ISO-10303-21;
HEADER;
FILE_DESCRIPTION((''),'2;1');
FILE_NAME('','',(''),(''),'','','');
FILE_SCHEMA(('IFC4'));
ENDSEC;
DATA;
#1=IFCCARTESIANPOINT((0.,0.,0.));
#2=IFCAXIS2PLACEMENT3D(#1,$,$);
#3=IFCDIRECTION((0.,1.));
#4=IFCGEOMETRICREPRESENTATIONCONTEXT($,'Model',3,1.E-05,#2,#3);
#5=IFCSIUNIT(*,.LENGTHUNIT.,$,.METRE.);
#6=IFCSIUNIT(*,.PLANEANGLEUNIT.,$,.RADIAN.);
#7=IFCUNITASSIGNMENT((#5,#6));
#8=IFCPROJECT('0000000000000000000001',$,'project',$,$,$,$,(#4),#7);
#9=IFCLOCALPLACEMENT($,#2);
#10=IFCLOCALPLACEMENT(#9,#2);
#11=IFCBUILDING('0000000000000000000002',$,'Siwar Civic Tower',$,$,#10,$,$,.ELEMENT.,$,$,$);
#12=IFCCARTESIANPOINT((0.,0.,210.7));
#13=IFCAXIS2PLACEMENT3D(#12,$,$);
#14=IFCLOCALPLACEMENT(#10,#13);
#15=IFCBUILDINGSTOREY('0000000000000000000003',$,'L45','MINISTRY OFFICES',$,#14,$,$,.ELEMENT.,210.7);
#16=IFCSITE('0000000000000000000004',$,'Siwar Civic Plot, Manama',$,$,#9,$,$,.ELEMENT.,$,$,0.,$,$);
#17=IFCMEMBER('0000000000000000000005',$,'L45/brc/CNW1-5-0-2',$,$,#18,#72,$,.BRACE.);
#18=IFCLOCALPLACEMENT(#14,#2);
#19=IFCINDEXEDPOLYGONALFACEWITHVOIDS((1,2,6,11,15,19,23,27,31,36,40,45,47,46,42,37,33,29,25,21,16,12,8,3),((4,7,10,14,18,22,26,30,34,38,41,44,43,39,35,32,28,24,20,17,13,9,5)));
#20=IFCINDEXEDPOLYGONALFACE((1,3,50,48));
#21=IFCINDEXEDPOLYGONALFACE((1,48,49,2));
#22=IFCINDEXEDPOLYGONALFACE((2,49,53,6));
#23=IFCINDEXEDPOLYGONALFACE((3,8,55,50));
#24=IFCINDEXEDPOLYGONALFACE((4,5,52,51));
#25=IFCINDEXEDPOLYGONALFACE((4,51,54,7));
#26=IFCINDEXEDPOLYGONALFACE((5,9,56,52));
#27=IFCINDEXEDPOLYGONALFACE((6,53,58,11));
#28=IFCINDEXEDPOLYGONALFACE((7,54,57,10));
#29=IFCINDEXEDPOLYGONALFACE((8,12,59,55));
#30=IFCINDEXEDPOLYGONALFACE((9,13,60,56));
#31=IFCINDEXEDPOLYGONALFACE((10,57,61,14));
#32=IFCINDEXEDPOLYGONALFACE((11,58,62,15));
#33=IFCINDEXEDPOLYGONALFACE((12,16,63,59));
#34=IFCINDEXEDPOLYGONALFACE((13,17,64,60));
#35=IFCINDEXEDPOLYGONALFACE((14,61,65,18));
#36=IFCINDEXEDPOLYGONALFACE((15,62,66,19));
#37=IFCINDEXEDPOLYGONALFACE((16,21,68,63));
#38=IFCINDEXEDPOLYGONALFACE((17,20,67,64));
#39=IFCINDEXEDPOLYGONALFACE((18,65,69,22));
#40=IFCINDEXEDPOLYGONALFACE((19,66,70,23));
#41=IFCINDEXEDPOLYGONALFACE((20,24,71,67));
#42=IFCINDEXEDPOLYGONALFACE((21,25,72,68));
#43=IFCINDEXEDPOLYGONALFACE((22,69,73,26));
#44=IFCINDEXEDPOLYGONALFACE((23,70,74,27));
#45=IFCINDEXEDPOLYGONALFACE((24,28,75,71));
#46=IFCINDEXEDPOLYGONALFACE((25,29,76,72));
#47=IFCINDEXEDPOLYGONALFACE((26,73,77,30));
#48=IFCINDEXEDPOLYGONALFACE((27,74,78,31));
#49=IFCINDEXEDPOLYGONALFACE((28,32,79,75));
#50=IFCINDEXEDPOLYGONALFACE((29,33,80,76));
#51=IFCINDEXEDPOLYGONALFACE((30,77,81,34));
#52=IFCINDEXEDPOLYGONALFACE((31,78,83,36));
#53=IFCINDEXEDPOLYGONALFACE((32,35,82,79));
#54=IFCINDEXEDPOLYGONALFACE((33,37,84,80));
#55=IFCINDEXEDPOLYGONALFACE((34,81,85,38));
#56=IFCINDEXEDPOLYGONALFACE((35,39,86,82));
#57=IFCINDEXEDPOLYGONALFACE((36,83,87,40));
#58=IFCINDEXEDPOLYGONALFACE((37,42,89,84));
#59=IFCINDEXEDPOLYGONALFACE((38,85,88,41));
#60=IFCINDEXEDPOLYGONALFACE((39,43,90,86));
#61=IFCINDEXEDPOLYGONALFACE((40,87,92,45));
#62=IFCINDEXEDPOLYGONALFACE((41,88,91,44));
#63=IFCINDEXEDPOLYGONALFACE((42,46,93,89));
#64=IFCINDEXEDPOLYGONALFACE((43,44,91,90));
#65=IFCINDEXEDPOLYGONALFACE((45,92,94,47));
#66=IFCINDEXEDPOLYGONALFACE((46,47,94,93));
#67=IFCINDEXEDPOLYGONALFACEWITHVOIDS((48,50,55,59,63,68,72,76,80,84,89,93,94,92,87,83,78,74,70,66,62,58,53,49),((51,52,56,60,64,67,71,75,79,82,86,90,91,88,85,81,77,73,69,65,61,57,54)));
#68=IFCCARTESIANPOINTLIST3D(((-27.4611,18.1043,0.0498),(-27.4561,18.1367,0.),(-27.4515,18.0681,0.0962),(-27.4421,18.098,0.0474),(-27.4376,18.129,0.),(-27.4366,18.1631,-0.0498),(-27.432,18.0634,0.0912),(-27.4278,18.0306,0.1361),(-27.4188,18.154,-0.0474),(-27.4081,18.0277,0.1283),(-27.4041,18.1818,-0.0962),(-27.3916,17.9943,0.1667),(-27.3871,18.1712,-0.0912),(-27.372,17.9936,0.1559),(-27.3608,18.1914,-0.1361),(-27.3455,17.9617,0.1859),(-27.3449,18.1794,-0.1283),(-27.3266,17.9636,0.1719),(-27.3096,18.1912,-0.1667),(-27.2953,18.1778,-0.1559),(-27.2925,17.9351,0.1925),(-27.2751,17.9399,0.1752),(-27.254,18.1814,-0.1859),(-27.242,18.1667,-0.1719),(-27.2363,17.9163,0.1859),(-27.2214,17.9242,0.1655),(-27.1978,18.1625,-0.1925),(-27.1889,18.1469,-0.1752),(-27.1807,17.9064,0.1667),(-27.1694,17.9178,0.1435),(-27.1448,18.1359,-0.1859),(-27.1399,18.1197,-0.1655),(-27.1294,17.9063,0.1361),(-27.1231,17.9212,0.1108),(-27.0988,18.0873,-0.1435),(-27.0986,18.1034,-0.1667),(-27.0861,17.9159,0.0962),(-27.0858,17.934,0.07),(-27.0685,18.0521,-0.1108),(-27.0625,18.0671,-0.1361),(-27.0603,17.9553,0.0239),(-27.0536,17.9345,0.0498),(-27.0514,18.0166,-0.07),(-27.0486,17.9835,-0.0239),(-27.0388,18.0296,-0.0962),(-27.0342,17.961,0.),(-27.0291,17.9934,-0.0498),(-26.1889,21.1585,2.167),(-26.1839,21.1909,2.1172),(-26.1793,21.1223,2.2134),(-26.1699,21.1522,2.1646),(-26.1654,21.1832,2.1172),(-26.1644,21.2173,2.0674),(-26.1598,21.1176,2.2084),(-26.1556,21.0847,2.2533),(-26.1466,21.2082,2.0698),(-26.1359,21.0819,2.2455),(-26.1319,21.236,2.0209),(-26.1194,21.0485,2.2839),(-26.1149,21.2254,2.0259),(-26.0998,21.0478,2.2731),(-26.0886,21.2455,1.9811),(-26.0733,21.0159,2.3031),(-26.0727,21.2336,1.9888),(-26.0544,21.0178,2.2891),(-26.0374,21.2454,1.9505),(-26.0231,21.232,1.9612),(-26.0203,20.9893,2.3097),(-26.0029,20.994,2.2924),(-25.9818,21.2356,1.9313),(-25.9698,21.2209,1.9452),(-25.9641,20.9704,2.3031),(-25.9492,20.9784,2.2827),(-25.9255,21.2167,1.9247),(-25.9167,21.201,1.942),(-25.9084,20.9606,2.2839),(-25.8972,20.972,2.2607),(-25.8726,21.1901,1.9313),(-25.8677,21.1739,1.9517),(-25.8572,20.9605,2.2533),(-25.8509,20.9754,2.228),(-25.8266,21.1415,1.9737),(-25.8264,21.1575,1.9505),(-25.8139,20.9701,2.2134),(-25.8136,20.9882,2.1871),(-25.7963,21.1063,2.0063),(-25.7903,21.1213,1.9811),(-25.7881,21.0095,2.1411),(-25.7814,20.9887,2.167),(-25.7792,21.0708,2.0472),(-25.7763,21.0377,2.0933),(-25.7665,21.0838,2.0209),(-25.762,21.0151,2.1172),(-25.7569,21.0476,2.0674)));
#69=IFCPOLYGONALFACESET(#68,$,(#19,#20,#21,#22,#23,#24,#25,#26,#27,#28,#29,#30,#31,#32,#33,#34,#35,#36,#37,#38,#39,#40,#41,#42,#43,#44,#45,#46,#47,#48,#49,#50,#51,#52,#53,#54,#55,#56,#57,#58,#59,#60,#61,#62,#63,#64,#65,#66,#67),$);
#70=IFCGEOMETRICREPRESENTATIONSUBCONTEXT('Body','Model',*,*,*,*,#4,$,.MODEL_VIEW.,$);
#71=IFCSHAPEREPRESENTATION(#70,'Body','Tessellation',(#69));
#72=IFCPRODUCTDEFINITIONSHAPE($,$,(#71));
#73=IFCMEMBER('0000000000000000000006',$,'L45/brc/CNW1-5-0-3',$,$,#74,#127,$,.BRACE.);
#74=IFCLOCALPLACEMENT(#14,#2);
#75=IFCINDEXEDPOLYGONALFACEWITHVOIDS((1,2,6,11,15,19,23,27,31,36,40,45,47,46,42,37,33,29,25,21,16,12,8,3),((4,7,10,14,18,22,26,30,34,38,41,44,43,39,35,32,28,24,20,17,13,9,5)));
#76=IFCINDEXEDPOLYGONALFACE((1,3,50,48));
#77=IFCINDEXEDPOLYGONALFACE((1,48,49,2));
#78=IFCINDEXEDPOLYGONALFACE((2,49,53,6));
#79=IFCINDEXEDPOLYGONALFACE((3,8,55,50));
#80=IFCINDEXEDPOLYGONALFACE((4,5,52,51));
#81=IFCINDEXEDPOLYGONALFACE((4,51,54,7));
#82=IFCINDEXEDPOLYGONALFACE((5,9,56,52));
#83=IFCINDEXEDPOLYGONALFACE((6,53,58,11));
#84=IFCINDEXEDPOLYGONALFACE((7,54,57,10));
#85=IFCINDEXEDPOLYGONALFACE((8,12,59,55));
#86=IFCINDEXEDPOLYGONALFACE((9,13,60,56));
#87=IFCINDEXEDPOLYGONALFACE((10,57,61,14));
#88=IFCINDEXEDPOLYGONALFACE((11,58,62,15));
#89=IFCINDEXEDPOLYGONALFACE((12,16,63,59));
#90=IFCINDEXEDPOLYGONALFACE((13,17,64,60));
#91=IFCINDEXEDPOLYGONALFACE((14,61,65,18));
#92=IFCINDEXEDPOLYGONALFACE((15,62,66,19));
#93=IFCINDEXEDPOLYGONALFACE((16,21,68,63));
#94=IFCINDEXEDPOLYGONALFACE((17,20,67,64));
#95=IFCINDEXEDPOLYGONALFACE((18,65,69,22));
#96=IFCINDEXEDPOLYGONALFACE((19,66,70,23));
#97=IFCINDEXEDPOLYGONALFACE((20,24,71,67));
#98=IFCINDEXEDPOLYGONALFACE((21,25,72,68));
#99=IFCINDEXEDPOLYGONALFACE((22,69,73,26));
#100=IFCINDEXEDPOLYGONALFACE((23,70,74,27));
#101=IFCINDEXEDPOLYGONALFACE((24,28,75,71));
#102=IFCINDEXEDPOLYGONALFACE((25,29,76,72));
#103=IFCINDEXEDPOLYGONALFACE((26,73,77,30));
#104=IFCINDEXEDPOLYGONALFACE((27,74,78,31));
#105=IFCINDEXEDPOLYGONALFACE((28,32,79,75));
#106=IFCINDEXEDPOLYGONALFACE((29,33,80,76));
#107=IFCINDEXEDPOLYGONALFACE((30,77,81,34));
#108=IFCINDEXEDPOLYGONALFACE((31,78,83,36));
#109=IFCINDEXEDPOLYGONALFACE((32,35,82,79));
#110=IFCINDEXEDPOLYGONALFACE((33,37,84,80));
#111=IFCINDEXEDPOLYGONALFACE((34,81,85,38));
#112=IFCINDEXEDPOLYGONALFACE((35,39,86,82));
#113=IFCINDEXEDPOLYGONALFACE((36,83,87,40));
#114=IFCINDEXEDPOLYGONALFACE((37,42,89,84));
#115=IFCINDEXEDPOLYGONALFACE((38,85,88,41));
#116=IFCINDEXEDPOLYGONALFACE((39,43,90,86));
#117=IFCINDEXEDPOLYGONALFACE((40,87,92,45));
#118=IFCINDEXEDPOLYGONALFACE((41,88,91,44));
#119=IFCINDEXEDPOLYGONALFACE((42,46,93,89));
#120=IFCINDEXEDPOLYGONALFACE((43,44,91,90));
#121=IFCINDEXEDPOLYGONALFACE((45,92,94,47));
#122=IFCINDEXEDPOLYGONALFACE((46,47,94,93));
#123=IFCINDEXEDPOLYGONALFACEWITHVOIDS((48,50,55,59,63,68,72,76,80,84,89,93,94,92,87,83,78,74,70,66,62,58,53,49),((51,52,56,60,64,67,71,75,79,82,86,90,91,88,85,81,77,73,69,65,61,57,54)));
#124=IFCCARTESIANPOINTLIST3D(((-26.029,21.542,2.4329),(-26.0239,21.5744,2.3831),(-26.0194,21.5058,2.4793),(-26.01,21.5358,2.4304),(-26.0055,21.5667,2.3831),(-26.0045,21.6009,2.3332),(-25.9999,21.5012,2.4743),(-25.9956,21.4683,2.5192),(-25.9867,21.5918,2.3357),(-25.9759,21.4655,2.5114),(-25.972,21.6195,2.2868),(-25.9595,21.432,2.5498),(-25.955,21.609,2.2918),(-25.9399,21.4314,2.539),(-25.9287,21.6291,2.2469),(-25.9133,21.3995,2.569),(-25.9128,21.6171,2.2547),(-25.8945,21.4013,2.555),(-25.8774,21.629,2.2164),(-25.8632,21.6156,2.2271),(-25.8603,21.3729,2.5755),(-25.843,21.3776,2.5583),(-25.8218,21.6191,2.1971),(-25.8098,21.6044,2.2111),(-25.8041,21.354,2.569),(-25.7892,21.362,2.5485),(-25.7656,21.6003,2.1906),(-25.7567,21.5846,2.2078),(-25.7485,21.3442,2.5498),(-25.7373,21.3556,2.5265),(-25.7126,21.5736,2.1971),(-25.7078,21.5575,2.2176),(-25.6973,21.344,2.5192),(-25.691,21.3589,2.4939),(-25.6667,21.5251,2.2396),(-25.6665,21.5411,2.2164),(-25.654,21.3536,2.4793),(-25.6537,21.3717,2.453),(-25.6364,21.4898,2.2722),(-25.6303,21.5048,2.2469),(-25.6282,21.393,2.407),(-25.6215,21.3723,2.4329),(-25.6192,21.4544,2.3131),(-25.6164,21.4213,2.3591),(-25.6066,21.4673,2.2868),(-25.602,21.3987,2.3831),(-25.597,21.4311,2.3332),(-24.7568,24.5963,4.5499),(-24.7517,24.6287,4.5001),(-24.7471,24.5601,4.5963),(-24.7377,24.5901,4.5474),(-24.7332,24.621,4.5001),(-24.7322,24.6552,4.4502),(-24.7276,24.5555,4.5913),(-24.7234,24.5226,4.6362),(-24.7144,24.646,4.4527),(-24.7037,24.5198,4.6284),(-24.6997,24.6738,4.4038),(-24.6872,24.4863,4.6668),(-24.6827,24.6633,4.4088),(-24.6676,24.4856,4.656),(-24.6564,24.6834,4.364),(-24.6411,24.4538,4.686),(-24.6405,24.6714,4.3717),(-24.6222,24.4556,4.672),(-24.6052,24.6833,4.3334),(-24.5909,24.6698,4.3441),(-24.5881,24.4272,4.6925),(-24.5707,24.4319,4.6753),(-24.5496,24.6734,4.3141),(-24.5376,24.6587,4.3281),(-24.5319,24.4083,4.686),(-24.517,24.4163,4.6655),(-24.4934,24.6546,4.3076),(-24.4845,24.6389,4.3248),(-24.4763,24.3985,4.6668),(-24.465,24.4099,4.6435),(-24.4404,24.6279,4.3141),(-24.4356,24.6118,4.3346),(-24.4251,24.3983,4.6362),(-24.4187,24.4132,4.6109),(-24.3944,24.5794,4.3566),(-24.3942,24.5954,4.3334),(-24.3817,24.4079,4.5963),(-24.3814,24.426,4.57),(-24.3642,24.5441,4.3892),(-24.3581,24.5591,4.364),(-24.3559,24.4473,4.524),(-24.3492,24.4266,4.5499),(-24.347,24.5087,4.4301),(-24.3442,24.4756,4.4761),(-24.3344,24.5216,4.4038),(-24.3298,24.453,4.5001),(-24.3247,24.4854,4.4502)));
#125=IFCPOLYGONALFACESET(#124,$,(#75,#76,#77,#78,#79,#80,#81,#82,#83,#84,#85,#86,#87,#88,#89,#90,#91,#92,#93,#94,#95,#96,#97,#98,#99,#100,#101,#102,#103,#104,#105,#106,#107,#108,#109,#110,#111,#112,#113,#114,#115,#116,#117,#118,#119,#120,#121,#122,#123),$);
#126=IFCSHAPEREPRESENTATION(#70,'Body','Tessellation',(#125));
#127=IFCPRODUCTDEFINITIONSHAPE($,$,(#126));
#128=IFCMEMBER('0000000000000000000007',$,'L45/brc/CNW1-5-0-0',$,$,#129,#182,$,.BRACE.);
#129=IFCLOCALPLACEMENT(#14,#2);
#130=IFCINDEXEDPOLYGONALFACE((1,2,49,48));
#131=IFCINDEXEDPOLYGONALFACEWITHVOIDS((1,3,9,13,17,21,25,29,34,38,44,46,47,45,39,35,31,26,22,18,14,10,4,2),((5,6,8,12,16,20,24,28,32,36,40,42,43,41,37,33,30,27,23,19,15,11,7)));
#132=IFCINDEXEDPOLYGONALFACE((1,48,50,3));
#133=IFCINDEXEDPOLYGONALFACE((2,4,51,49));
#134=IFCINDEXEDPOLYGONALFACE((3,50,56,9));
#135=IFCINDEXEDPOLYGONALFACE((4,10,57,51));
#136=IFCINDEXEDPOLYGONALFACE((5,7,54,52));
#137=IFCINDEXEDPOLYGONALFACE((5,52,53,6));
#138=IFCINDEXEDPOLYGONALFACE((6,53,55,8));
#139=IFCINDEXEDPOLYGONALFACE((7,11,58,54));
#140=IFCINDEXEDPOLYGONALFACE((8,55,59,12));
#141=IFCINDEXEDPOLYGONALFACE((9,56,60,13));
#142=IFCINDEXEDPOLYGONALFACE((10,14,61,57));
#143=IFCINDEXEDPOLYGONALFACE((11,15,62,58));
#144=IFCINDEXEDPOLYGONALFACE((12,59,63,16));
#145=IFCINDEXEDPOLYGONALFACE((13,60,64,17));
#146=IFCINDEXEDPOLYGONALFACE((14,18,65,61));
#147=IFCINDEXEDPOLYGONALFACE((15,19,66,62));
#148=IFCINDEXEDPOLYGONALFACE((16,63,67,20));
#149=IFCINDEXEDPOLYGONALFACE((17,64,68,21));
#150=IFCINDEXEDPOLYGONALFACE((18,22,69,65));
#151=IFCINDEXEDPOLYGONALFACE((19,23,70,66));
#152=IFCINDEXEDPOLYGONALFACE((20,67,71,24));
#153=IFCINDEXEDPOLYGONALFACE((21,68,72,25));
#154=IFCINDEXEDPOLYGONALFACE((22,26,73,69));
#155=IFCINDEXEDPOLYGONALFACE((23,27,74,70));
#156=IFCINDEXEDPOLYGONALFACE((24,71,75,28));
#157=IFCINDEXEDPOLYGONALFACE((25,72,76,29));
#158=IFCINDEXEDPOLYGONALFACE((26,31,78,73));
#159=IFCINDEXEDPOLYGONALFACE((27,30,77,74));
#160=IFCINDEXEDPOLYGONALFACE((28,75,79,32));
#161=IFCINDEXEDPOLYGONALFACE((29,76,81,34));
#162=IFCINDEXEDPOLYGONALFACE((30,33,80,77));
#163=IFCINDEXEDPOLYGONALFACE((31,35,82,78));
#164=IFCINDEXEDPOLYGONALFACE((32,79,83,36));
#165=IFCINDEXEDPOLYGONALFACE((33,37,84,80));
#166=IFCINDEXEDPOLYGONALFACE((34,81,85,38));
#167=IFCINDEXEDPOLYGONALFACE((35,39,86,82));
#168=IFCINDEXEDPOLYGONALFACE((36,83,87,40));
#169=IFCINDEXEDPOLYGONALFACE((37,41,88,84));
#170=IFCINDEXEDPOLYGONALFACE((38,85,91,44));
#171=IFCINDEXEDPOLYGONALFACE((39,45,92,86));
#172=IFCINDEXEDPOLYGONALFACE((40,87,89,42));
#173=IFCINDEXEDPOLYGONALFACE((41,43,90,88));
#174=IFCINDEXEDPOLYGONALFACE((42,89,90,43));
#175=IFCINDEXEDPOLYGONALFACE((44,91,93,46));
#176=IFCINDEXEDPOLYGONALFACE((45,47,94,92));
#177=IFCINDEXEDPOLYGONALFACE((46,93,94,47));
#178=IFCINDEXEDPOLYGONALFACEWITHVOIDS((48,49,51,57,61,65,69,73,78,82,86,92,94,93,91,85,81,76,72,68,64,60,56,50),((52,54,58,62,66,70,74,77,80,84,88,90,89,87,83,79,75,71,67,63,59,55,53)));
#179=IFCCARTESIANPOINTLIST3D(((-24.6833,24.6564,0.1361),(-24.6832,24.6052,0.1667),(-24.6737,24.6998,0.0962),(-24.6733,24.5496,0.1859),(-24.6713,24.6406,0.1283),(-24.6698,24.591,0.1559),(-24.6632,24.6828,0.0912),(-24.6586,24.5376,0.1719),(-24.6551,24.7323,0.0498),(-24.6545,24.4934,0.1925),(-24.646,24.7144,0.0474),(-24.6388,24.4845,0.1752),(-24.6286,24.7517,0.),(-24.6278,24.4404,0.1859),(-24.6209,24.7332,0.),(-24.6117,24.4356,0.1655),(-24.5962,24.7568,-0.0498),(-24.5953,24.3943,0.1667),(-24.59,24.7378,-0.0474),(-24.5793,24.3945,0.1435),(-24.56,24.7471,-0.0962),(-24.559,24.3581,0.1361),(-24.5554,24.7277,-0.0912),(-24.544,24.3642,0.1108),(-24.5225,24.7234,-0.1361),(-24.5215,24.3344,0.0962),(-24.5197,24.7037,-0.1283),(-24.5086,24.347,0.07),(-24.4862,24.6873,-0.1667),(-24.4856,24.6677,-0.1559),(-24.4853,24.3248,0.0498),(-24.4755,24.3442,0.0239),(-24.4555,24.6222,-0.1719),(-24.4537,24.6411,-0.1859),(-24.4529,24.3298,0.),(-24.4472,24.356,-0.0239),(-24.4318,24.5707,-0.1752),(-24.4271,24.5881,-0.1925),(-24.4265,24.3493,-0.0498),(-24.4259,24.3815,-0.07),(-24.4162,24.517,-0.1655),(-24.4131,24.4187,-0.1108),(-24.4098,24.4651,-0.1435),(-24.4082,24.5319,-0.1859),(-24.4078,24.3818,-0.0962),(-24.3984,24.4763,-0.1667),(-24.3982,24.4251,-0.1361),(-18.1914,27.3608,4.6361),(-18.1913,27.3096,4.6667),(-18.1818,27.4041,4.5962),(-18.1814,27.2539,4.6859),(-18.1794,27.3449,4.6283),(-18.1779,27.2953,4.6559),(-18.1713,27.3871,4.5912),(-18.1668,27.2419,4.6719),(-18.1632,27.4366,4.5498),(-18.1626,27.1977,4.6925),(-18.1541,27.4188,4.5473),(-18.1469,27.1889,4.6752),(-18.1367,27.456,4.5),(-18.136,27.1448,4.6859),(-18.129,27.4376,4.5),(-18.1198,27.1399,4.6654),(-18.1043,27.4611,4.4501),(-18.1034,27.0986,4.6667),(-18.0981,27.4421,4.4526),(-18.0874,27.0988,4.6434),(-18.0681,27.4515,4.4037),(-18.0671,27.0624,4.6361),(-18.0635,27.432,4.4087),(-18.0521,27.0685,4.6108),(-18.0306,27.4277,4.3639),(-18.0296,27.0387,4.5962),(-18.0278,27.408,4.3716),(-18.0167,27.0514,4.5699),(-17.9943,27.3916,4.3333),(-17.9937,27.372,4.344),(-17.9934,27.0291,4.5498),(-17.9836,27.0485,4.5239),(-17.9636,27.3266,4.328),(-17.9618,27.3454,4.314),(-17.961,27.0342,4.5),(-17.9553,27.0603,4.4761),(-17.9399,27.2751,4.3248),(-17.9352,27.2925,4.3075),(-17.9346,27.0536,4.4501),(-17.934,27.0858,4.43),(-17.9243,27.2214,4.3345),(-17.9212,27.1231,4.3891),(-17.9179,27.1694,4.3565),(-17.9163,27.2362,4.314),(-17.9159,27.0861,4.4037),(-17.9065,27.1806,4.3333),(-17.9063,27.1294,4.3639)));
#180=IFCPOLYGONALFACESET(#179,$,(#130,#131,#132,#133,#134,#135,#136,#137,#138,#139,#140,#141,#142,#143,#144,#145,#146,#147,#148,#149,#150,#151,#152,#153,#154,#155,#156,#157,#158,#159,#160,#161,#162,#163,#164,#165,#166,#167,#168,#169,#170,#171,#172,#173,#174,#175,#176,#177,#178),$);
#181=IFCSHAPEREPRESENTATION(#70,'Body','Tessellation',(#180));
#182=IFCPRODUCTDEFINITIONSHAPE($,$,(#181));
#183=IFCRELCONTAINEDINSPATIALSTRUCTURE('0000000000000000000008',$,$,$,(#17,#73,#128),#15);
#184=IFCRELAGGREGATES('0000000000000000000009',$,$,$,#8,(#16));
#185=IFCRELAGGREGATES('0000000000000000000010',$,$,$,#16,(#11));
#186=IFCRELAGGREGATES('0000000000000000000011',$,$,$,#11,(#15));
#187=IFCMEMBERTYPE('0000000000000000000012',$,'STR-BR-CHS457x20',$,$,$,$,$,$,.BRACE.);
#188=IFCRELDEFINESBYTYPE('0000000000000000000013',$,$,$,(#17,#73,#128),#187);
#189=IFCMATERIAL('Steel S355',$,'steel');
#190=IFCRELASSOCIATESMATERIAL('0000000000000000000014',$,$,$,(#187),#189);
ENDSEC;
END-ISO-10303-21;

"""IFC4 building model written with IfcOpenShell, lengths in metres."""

from ifc_helpers import new_model, si_unit, direction, frame, origin, origin_2d, place, context, subcontext, project, spatial, hollow_circle, extrude, material, material_profile, profile_set, type_object, element, save


model = new_model("IFC4")

# Units and contexts
model_context = context("Model", 3, precision=1e-05, world=origin(), true_north=direction((0.0, 1.0)))
body_context = subcontext(model_context, "Body", "Model", "MODEL_VIEW")
ifc_project = project(units=[si_unit("LENGTHUNIT", "METRE"), si_unit("PLANEANGLEUNIT", "RADIAN")], contexts=[model_context])

# Site, building, storey
site_placement = place(None, origin())
site = spatial("IfcSite", under=ifc_project, at=site_placement, Name="Siwar Civic Plot, Manama", CompositionType="ELEMENT", RefElevation=0.0)
building_placement = place(site_placement, origin())
building = spatial("IfcBuilding", under=site, at=building_placement, Name="Siwar Civic Tower", CompositionType="ELEMENT")
storey_placement = place(building_placement, frame((0.0, 0.0, 210.7)))
storey = spatial("IfcBuildingStorey", under=building, at=storey_placement, Name="L45", Description="MINISTRY OFFICES", CompositionType="ELEMENT", Elevation=210.7)

# Members
ifc_material_1 = material(Name="Steel S355", Category="steel")
ifc_material_profile_1 = material_profile(ifc_material_1, hollow_circle(Radius=0.2285, WallThickness=0.02, at=origin_2d()), Name="CHS457x20")
ifc_profile_set_1 = profile_set([ifc_material_profile_1], Name="Steel S355")
member_type_1 = type_object("IfcMemberType", Name="STR-BR-CHS457x20", PredefinedType="BRACE", material=ifc_profile_set_1)
for number, where, z_axis, x_axis, name in (
    (1, (-27.2451, 18.0488, 0.0), (0.323884, 0.777546, 0.538999), (-0.923116, 0.384521, 0.0), "L45/brc/CNW1-5-0-2"),
    (2, (-25.813, 21.4866, 2.3831), (0.323895, 0.777572, 0.538955), (-0.923116, 0.384521, 0.0), "L45/brc/CNW1-5-0-3"),
):
    element("IfcMember", number, at=place(storey_placement, frame(where, z_axis=z_axis, x_axis=x_axis)), inside=storey, type_object=member_type_1, Name=name, PredefinedType="BRACE", context=body_context, shape_type="SweptSolid", body=[
        extrude(hollow_circle(Radius=0.2285, WallThickness=0.02, at=origin_2d()), origin(), (0.0, 0.0, 1.0), 3.928),
    ])
member_1_placement = place(storey_placement, frame((-24.5408, 24.5408, 0.0), z_axis=(0.777555, 0.323906, 0.538975), x_axis=(-0.384539, 0.923109, 0.0)))
element("IfcMember", 3, at=member_1_placement, inside=storey, type_object=member_type_1, Name="L45/brc/CNW1-5-0-0", PredefinedType="BRACE", context=body_context, shape_type="SweptSolid", body=[
    extrude(hollow_circle(Radius=0.2285, WallThickness=0.02, at=origin_2d()), origin(), (0.0, 0.0, 1.0), 8.3491),
])

save(model, "model.ifc")
